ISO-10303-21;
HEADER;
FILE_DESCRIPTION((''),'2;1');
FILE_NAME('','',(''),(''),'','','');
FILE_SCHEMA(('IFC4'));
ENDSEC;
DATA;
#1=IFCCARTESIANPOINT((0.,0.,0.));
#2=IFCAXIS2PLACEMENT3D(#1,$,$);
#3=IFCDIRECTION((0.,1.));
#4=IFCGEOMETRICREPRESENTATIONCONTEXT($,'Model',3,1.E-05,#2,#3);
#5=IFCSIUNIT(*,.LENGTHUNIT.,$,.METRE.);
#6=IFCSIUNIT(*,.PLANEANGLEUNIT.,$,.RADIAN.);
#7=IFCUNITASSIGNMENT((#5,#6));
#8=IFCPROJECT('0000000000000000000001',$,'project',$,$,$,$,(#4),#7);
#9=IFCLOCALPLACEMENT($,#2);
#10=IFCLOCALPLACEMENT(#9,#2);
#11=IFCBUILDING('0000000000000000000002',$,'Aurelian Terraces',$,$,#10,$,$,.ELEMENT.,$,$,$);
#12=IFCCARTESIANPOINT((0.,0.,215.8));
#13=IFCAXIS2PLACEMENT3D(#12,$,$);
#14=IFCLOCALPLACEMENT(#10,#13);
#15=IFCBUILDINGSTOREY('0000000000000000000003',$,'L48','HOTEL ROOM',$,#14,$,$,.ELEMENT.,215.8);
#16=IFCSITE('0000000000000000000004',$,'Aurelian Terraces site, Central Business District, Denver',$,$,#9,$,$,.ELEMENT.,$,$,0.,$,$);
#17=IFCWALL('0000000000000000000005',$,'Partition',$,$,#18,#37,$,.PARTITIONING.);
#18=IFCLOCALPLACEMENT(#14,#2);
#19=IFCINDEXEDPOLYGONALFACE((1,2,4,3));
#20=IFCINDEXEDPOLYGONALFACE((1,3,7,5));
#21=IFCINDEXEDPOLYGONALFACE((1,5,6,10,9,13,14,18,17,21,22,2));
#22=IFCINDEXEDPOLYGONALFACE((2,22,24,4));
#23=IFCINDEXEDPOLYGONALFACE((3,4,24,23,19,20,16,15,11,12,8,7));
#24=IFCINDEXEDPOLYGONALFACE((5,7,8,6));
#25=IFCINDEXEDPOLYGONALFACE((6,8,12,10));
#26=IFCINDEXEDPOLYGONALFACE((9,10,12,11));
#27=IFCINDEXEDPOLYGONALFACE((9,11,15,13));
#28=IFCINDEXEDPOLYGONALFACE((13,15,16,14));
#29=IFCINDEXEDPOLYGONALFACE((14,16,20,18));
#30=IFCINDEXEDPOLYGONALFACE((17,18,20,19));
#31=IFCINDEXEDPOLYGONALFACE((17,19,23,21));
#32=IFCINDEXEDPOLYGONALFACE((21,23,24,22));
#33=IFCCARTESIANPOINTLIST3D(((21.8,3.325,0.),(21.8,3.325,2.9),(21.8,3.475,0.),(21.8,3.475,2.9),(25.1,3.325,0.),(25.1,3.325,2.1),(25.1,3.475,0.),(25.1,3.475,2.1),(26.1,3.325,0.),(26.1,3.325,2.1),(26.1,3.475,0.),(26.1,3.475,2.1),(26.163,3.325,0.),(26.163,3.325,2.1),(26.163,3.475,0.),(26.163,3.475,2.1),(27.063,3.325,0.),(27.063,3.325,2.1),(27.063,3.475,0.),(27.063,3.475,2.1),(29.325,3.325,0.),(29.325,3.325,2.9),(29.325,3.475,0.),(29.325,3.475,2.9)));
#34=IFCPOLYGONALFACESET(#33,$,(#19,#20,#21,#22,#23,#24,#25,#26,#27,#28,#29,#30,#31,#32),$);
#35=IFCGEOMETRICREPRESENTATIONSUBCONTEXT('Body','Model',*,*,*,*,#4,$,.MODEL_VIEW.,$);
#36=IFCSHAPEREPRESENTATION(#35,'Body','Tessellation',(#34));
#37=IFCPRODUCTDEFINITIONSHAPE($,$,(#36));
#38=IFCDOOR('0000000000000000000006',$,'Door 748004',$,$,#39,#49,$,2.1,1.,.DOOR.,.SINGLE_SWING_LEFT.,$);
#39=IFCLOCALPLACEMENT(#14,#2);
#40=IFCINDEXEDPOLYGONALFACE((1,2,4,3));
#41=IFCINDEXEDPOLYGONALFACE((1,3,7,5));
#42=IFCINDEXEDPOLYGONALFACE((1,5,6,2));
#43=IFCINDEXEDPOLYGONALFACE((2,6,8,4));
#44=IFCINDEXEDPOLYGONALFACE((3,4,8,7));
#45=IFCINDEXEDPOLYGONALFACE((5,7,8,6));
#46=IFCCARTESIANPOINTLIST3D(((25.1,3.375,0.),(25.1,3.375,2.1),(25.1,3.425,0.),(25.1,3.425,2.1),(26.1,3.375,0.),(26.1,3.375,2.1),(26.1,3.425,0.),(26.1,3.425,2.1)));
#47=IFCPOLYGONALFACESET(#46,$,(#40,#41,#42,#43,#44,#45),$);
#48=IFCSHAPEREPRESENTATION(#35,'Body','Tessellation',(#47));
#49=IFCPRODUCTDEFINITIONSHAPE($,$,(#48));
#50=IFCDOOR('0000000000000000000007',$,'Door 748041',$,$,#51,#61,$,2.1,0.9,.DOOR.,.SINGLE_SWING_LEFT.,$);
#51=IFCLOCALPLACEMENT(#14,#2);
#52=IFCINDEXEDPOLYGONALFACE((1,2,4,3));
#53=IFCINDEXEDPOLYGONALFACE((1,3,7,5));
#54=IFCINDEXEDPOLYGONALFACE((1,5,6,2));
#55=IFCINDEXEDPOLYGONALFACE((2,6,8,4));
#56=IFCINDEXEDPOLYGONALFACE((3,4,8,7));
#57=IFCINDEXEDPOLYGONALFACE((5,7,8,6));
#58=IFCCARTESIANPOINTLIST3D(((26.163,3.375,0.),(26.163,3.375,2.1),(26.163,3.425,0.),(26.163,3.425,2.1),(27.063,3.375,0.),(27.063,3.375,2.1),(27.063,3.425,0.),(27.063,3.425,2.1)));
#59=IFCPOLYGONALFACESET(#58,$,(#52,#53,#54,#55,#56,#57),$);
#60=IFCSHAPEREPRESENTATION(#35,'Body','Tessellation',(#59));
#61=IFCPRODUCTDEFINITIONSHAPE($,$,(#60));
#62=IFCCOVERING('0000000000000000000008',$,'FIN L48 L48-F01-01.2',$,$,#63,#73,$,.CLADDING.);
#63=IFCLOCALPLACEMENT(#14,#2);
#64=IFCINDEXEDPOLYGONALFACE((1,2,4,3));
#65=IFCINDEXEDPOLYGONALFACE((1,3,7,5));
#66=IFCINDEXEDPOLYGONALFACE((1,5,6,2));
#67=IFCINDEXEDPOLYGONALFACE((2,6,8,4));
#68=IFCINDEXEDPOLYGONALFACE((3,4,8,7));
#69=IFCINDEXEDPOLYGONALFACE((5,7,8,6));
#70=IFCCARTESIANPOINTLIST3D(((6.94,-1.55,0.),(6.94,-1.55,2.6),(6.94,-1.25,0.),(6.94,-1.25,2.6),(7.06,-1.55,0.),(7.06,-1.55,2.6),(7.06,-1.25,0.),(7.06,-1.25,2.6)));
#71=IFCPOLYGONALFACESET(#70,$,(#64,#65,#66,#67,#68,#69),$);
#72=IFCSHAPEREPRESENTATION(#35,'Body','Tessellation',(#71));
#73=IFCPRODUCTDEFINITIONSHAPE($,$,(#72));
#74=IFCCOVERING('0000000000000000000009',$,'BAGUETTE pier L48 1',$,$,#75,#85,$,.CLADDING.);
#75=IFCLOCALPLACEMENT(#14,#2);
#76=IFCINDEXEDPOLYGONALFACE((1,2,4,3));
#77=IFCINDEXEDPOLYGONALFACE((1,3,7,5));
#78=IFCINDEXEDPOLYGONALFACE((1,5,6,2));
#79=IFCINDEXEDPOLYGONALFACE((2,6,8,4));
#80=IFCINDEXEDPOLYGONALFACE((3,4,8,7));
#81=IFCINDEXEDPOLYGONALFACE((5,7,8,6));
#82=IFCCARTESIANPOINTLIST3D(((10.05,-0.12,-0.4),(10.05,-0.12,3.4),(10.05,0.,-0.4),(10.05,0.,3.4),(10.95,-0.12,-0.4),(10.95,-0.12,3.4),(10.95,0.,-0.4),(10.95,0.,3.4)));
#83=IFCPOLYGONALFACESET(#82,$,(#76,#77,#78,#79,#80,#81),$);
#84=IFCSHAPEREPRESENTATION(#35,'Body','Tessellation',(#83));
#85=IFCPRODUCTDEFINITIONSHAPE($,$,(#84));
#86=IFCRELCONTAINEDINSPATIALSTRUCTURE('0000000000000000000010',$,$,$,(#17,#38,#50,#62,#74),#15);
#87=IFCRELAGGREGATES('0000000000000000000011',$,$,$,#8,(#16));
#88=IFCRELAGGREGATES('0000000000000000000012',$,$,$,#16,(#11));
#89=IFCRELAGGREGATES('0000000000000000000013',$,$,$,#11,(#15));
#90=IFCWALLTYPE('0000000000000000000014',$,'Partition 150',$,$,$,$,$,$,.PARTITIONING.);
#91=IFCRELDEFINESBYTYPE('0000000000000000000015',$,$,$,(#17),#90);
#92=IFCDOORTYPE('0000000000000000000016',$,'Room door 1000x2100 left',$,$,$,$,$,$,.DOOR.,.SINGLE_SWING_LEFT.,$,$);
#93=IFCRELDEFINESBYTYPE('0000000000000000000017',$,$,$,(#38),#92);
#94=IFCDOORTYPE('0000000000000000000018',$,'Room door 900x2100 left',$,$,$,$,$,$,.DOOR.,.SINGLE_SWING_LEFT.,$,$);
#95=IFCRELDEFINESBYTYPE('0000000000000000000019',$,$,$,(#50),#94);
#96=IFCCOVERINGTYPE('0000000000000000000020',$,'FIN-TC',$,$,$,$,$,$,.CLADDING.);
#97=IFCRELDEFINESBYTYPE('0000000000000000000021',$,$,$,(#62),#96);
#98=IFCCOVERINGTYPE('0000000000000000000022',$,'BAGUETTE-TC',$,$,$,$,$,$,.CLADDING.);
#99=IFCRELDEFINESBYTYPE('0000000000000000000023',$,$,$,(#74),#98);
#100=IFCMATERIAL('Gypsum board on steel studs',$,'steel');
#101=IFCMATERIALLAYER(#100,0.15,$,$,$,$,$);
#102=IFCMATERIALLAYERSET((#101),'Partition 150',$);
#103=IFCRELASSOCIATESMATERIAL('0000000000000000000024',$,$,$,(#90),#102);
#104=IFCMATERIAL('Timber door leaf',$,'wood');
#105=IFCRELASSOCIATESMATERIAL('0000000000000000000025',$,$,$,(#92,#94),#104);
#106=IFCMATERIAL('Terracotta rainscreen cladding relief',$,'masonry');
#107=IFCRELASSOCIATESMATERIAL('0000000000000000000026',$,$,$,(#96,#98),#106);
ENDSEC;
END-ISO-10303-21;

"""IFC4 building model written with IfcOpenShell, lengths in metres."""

from ifc_helpers import new_model, si_unit, direction, frame, frame_2d, origin, origin_2d, place, context, subcontext, project, spatial, rectangle, extrude, source, transform, mapped, material, layer, layer_set, type_object, element, fill, save


model = new_model("IFC4")

# Units and contexts
model_context = context("Model", 3, precision=1e-05, world=origin(), true_north=direction((0.0, 1.0)))
body_context = subcontext(model_context, "Body", "Model", "MODEL_VIEW")
ifc_project = project(units=[si_unit("LENGTHUNIT", "METRE"), si_unit("PLANEANGLEUNIT", "RADIAN")], contexts=[model_context])

# Site, building, storey
site_placement = place(None, origin())
site = spatial("IfcSite", under=ifc_project, at=site_placement, Name="Aurelian Terraces site, Central Business District, Denver", CompositionType="ELEMENT", RefElevation=0.0)
building_placement = place(site_placement, origin())
building = spatial("IfcBuilding", under=site, at=building_placement, Name="Aurelian Terraces", CompositionType="ELEMENT")
storey_placement = place(building_placement, frame((0.0, 0.0, 215.8)))
storey = spatial("IfcBuildingStorey", under=building, at=storey_placement, Name="L48", Description="HOTEL ROOM", CompositionType="ELEMENT", Elevation=215.8)

# Wall, openings, doors
ifc_material_1 = material(Name="Gypsum board on steel studs", Category="steel")
ifc_layer_1 = layer(ifc_material_1, 0.15)
ifc_layer_set_1 = layer_set([ifc_layer_1], Name="Partition 150")
wall_type_1 = type_object("IfcWallType", Name="Partition 150", PredefinedType="PARTITIONING", material=ifc_layer_set_1)
shared_shape_1 = source(origin(), body_context, "Body", "SweptSolid", [
    extrude(rectangle(XDim=7.525, YDim=0.15, at=frame_2d((3.7625, 0.0))), origin(), (0.0, 0.0, 1.0), 2.9),
])
wall_1_placement = place(storey_placement, frame((21.8, 3.4, 0.0), z_axis=(0.0, 0.0, 1.0), x_axis=(1.0, 0.0, 0.0)))
wall_1 = element("IfcWall", 1, at=wall_1_placement, inside=storey, type_object=wall_type_1, Name="Partition", PredefinedType="PARTITIONING", context=body_context, shape_type="MappedRepresentation", body=[
    mapped(shared_shape_1, transform((0.0, 0.0, 0.0), scale=1.0)),
])
shared_shape_2 = source(origin(), body_context, "Body", "SweptSolid", [
    extrude(rectangle(XDim=1.0, YDim=2.1, at=frame_2d((0.5, 1.05))), frame((0.0, 0.085, 0.0), z_axis=(0.0, -1.0, 0.0), x_axis=(1.0, 0.0, 0.0)), (0.0, 0.0, 1.0), 0.17),
])
opening_1_placement = place(wall_1_placement, frame((3.3, 0.0, 0.0)))
opening_1 = element("IfcOpeningElement", 2, at=opening_1_placement, cuts=wall_1, PredefinedType="OPENING", context=body_context, shape_type="MappedRepresentation", body=[
    mapped(shared_shape_2, transform((0.0, 0.0, 0.0), scale=1.0)),
])
shared_shape_3 = source(origin(), body_context, "Body", "SweptSolid", [
    extrude(rectangle(XDim=0.9, YDim=2.1, at=frame_2d((0.45, 1.05))), frame((0.0, 0.085, 0.0), z_axis=(0.0, -1.0, 0.0), x_axis=(1.0, 0.0, 0.0)), (0.0, 0.0, 1.0), 0.17),
])
opening_2_placement = place(wall_1_placement, frame((4.363, 0.0, 0.0)))
opening_2 = element("IfcOpeningElement", 3, at=opening_2_placement, cuts=wall_1, PredefinedType="OPENING", context=body_context, shape_type="MappedRepresentation", body=[
    mapped(shared_shape_3, transform((0.0, 0.0, 0.0), scale=1.0)),
])
ifc_material_2 = material(Name="Timber door leaf", Category="wood")
door_type_1 = type_object("IfcDoorType", Name="Room door 1000x2100 left", OperationType="SINGLE_SWING_LEFT", PredefinedType="DOOR", material=ifc_material_2)
shared_shape_4 = source(origin(), body_context, "Body", "SweptSolid", [
    extrude(rectangle(XDim=1.0, YDim=2.1, at=frame_2d((0.5, 1.05))), frame((0.0, 0.025, 0.0), z_axis=(0.0, -1.0, 0.0), x_axis=(1.0, 0.0, 0.0)), (0.0, 0.0, 1.0), 0.05),
])
door_1_placement = place(opening_1_placement, origin())
door_1 = element("IfcDoor", 4, at=door_1_placement, inside=storey, type_object=door_type_1, Name="Door 748004", OperationType="SINGLE_SWING_LEFT", OverallHeight=2.1, OverallWidth=1.0, PredefinedType="DOOR", context=body_context, shape_type="MappedRepresentation", body=[
    mapped(shared_shape_4, transform((0.0, 0.0, 0.0), scale=1.0)),
])
fill(opening_1, door_1)
door_type_2 = type_object("IfcDoorType", Name="Room door 900x2100 left", OperationType="SINGLE_SWING_LEFT", PredefinedType="DOOR", material=ifc_material_2)
shared_shape_5 = source(origin(), body_context, "Body", "SweptSolid", [
    extrude(rectangle(XDim=0.9, YDim=2.1, at=frame_2d((0.45, 1.05))), frame((0.0, 0.025, 0.0), z_axis=(0.0, -1.0, 0.0), x_axis=(1.0, 0.0, 0.0)), (0.0, 0.0, 1.0), 0.05),
])
door_2_placement = place(opening_2_placement, origin())
door_2 = element("IfcDoor", 5, at=door_2_placement, inside=storey, type_object=door_type_2, Name="Door 748041", OperationType="SINGLE_SWING_LEFT", OverallHeight=2.1, OverallWidth=0.9, PredefinedType="DOOR", context=body_context, shape_type="MappedRepresentation", body=[
    mapped(shared_shape_5, transform((0.0, 0.0, 0.0), scale=1.0)),
])
fill(opening_2, door_2)

# Coverings
ifc_material_3 = material(Name="Terracotta rainscreen cladding relief", Category="masonry")
covering_type_1 = type_object("IfcCoveringType", Name="FIN-TC", PredefinedType="CLADDING", material=ifc_material_3)
shared_shape_6 = source(origin(), body_context, "Body", "SweptSolid", [
    extrude(rectangle(XDim=0.12, YDim=0.3, at=origin_2d()), origin(), (0.0, 0.0, 1.0), 2.6),
])
covering_1_placement = place(storey_placement, frame((7.0, -1.4, 0.0), z_axis=(0.0, 0.0, 1.0), x_axis=(1.0, 0.0, 0.0)))
element("IfcCovering", 6, at=covering_1_placement, inside=storey, type_object=covering_type_1, Name="FIN L48 L48-F01-01.2", PredefinedType="CLADDING", context=body_context, shape_type="MappedRepresentation", body=[
    mapped(shared_shape_6, transform((0.0, 0.0, 0.0), scale=1.0)),
])
covering_type_2 = type_object("IfcCoveringType", Name="BAGUETTE-TC", PredefinedType="CLADDING", material=ifc_material_3)
shared_shape_7 = source(origin(), body_context, "Body", "SweptSolid", [
    extrude(rectangle(XDim=0.9, YDim=0.12, at=origin_2d()), origin(), (0.0, 0.0, 1.0), 3.8),
])
covering_2_placement = place(storey_placement, frame((10.5, -0.06, -0.4), z_axis=(0.0, 0.0, 1.0), x_axis=(1.0, 0.0, 0.0)))
element("IfcCovering", 7, at=covering_2_placement, inside=storey, type_object=covering_type_2, Name="BAGUETTE pier L48 1", PredefinedType="CLADDING", context=body_context, shape_type="MappedRepresentation", body=[
    mapped(shared_shape_7, transform((0.0, 0.0, 0.0), scale=1.0)),
])

save(model, "model.ifc")
